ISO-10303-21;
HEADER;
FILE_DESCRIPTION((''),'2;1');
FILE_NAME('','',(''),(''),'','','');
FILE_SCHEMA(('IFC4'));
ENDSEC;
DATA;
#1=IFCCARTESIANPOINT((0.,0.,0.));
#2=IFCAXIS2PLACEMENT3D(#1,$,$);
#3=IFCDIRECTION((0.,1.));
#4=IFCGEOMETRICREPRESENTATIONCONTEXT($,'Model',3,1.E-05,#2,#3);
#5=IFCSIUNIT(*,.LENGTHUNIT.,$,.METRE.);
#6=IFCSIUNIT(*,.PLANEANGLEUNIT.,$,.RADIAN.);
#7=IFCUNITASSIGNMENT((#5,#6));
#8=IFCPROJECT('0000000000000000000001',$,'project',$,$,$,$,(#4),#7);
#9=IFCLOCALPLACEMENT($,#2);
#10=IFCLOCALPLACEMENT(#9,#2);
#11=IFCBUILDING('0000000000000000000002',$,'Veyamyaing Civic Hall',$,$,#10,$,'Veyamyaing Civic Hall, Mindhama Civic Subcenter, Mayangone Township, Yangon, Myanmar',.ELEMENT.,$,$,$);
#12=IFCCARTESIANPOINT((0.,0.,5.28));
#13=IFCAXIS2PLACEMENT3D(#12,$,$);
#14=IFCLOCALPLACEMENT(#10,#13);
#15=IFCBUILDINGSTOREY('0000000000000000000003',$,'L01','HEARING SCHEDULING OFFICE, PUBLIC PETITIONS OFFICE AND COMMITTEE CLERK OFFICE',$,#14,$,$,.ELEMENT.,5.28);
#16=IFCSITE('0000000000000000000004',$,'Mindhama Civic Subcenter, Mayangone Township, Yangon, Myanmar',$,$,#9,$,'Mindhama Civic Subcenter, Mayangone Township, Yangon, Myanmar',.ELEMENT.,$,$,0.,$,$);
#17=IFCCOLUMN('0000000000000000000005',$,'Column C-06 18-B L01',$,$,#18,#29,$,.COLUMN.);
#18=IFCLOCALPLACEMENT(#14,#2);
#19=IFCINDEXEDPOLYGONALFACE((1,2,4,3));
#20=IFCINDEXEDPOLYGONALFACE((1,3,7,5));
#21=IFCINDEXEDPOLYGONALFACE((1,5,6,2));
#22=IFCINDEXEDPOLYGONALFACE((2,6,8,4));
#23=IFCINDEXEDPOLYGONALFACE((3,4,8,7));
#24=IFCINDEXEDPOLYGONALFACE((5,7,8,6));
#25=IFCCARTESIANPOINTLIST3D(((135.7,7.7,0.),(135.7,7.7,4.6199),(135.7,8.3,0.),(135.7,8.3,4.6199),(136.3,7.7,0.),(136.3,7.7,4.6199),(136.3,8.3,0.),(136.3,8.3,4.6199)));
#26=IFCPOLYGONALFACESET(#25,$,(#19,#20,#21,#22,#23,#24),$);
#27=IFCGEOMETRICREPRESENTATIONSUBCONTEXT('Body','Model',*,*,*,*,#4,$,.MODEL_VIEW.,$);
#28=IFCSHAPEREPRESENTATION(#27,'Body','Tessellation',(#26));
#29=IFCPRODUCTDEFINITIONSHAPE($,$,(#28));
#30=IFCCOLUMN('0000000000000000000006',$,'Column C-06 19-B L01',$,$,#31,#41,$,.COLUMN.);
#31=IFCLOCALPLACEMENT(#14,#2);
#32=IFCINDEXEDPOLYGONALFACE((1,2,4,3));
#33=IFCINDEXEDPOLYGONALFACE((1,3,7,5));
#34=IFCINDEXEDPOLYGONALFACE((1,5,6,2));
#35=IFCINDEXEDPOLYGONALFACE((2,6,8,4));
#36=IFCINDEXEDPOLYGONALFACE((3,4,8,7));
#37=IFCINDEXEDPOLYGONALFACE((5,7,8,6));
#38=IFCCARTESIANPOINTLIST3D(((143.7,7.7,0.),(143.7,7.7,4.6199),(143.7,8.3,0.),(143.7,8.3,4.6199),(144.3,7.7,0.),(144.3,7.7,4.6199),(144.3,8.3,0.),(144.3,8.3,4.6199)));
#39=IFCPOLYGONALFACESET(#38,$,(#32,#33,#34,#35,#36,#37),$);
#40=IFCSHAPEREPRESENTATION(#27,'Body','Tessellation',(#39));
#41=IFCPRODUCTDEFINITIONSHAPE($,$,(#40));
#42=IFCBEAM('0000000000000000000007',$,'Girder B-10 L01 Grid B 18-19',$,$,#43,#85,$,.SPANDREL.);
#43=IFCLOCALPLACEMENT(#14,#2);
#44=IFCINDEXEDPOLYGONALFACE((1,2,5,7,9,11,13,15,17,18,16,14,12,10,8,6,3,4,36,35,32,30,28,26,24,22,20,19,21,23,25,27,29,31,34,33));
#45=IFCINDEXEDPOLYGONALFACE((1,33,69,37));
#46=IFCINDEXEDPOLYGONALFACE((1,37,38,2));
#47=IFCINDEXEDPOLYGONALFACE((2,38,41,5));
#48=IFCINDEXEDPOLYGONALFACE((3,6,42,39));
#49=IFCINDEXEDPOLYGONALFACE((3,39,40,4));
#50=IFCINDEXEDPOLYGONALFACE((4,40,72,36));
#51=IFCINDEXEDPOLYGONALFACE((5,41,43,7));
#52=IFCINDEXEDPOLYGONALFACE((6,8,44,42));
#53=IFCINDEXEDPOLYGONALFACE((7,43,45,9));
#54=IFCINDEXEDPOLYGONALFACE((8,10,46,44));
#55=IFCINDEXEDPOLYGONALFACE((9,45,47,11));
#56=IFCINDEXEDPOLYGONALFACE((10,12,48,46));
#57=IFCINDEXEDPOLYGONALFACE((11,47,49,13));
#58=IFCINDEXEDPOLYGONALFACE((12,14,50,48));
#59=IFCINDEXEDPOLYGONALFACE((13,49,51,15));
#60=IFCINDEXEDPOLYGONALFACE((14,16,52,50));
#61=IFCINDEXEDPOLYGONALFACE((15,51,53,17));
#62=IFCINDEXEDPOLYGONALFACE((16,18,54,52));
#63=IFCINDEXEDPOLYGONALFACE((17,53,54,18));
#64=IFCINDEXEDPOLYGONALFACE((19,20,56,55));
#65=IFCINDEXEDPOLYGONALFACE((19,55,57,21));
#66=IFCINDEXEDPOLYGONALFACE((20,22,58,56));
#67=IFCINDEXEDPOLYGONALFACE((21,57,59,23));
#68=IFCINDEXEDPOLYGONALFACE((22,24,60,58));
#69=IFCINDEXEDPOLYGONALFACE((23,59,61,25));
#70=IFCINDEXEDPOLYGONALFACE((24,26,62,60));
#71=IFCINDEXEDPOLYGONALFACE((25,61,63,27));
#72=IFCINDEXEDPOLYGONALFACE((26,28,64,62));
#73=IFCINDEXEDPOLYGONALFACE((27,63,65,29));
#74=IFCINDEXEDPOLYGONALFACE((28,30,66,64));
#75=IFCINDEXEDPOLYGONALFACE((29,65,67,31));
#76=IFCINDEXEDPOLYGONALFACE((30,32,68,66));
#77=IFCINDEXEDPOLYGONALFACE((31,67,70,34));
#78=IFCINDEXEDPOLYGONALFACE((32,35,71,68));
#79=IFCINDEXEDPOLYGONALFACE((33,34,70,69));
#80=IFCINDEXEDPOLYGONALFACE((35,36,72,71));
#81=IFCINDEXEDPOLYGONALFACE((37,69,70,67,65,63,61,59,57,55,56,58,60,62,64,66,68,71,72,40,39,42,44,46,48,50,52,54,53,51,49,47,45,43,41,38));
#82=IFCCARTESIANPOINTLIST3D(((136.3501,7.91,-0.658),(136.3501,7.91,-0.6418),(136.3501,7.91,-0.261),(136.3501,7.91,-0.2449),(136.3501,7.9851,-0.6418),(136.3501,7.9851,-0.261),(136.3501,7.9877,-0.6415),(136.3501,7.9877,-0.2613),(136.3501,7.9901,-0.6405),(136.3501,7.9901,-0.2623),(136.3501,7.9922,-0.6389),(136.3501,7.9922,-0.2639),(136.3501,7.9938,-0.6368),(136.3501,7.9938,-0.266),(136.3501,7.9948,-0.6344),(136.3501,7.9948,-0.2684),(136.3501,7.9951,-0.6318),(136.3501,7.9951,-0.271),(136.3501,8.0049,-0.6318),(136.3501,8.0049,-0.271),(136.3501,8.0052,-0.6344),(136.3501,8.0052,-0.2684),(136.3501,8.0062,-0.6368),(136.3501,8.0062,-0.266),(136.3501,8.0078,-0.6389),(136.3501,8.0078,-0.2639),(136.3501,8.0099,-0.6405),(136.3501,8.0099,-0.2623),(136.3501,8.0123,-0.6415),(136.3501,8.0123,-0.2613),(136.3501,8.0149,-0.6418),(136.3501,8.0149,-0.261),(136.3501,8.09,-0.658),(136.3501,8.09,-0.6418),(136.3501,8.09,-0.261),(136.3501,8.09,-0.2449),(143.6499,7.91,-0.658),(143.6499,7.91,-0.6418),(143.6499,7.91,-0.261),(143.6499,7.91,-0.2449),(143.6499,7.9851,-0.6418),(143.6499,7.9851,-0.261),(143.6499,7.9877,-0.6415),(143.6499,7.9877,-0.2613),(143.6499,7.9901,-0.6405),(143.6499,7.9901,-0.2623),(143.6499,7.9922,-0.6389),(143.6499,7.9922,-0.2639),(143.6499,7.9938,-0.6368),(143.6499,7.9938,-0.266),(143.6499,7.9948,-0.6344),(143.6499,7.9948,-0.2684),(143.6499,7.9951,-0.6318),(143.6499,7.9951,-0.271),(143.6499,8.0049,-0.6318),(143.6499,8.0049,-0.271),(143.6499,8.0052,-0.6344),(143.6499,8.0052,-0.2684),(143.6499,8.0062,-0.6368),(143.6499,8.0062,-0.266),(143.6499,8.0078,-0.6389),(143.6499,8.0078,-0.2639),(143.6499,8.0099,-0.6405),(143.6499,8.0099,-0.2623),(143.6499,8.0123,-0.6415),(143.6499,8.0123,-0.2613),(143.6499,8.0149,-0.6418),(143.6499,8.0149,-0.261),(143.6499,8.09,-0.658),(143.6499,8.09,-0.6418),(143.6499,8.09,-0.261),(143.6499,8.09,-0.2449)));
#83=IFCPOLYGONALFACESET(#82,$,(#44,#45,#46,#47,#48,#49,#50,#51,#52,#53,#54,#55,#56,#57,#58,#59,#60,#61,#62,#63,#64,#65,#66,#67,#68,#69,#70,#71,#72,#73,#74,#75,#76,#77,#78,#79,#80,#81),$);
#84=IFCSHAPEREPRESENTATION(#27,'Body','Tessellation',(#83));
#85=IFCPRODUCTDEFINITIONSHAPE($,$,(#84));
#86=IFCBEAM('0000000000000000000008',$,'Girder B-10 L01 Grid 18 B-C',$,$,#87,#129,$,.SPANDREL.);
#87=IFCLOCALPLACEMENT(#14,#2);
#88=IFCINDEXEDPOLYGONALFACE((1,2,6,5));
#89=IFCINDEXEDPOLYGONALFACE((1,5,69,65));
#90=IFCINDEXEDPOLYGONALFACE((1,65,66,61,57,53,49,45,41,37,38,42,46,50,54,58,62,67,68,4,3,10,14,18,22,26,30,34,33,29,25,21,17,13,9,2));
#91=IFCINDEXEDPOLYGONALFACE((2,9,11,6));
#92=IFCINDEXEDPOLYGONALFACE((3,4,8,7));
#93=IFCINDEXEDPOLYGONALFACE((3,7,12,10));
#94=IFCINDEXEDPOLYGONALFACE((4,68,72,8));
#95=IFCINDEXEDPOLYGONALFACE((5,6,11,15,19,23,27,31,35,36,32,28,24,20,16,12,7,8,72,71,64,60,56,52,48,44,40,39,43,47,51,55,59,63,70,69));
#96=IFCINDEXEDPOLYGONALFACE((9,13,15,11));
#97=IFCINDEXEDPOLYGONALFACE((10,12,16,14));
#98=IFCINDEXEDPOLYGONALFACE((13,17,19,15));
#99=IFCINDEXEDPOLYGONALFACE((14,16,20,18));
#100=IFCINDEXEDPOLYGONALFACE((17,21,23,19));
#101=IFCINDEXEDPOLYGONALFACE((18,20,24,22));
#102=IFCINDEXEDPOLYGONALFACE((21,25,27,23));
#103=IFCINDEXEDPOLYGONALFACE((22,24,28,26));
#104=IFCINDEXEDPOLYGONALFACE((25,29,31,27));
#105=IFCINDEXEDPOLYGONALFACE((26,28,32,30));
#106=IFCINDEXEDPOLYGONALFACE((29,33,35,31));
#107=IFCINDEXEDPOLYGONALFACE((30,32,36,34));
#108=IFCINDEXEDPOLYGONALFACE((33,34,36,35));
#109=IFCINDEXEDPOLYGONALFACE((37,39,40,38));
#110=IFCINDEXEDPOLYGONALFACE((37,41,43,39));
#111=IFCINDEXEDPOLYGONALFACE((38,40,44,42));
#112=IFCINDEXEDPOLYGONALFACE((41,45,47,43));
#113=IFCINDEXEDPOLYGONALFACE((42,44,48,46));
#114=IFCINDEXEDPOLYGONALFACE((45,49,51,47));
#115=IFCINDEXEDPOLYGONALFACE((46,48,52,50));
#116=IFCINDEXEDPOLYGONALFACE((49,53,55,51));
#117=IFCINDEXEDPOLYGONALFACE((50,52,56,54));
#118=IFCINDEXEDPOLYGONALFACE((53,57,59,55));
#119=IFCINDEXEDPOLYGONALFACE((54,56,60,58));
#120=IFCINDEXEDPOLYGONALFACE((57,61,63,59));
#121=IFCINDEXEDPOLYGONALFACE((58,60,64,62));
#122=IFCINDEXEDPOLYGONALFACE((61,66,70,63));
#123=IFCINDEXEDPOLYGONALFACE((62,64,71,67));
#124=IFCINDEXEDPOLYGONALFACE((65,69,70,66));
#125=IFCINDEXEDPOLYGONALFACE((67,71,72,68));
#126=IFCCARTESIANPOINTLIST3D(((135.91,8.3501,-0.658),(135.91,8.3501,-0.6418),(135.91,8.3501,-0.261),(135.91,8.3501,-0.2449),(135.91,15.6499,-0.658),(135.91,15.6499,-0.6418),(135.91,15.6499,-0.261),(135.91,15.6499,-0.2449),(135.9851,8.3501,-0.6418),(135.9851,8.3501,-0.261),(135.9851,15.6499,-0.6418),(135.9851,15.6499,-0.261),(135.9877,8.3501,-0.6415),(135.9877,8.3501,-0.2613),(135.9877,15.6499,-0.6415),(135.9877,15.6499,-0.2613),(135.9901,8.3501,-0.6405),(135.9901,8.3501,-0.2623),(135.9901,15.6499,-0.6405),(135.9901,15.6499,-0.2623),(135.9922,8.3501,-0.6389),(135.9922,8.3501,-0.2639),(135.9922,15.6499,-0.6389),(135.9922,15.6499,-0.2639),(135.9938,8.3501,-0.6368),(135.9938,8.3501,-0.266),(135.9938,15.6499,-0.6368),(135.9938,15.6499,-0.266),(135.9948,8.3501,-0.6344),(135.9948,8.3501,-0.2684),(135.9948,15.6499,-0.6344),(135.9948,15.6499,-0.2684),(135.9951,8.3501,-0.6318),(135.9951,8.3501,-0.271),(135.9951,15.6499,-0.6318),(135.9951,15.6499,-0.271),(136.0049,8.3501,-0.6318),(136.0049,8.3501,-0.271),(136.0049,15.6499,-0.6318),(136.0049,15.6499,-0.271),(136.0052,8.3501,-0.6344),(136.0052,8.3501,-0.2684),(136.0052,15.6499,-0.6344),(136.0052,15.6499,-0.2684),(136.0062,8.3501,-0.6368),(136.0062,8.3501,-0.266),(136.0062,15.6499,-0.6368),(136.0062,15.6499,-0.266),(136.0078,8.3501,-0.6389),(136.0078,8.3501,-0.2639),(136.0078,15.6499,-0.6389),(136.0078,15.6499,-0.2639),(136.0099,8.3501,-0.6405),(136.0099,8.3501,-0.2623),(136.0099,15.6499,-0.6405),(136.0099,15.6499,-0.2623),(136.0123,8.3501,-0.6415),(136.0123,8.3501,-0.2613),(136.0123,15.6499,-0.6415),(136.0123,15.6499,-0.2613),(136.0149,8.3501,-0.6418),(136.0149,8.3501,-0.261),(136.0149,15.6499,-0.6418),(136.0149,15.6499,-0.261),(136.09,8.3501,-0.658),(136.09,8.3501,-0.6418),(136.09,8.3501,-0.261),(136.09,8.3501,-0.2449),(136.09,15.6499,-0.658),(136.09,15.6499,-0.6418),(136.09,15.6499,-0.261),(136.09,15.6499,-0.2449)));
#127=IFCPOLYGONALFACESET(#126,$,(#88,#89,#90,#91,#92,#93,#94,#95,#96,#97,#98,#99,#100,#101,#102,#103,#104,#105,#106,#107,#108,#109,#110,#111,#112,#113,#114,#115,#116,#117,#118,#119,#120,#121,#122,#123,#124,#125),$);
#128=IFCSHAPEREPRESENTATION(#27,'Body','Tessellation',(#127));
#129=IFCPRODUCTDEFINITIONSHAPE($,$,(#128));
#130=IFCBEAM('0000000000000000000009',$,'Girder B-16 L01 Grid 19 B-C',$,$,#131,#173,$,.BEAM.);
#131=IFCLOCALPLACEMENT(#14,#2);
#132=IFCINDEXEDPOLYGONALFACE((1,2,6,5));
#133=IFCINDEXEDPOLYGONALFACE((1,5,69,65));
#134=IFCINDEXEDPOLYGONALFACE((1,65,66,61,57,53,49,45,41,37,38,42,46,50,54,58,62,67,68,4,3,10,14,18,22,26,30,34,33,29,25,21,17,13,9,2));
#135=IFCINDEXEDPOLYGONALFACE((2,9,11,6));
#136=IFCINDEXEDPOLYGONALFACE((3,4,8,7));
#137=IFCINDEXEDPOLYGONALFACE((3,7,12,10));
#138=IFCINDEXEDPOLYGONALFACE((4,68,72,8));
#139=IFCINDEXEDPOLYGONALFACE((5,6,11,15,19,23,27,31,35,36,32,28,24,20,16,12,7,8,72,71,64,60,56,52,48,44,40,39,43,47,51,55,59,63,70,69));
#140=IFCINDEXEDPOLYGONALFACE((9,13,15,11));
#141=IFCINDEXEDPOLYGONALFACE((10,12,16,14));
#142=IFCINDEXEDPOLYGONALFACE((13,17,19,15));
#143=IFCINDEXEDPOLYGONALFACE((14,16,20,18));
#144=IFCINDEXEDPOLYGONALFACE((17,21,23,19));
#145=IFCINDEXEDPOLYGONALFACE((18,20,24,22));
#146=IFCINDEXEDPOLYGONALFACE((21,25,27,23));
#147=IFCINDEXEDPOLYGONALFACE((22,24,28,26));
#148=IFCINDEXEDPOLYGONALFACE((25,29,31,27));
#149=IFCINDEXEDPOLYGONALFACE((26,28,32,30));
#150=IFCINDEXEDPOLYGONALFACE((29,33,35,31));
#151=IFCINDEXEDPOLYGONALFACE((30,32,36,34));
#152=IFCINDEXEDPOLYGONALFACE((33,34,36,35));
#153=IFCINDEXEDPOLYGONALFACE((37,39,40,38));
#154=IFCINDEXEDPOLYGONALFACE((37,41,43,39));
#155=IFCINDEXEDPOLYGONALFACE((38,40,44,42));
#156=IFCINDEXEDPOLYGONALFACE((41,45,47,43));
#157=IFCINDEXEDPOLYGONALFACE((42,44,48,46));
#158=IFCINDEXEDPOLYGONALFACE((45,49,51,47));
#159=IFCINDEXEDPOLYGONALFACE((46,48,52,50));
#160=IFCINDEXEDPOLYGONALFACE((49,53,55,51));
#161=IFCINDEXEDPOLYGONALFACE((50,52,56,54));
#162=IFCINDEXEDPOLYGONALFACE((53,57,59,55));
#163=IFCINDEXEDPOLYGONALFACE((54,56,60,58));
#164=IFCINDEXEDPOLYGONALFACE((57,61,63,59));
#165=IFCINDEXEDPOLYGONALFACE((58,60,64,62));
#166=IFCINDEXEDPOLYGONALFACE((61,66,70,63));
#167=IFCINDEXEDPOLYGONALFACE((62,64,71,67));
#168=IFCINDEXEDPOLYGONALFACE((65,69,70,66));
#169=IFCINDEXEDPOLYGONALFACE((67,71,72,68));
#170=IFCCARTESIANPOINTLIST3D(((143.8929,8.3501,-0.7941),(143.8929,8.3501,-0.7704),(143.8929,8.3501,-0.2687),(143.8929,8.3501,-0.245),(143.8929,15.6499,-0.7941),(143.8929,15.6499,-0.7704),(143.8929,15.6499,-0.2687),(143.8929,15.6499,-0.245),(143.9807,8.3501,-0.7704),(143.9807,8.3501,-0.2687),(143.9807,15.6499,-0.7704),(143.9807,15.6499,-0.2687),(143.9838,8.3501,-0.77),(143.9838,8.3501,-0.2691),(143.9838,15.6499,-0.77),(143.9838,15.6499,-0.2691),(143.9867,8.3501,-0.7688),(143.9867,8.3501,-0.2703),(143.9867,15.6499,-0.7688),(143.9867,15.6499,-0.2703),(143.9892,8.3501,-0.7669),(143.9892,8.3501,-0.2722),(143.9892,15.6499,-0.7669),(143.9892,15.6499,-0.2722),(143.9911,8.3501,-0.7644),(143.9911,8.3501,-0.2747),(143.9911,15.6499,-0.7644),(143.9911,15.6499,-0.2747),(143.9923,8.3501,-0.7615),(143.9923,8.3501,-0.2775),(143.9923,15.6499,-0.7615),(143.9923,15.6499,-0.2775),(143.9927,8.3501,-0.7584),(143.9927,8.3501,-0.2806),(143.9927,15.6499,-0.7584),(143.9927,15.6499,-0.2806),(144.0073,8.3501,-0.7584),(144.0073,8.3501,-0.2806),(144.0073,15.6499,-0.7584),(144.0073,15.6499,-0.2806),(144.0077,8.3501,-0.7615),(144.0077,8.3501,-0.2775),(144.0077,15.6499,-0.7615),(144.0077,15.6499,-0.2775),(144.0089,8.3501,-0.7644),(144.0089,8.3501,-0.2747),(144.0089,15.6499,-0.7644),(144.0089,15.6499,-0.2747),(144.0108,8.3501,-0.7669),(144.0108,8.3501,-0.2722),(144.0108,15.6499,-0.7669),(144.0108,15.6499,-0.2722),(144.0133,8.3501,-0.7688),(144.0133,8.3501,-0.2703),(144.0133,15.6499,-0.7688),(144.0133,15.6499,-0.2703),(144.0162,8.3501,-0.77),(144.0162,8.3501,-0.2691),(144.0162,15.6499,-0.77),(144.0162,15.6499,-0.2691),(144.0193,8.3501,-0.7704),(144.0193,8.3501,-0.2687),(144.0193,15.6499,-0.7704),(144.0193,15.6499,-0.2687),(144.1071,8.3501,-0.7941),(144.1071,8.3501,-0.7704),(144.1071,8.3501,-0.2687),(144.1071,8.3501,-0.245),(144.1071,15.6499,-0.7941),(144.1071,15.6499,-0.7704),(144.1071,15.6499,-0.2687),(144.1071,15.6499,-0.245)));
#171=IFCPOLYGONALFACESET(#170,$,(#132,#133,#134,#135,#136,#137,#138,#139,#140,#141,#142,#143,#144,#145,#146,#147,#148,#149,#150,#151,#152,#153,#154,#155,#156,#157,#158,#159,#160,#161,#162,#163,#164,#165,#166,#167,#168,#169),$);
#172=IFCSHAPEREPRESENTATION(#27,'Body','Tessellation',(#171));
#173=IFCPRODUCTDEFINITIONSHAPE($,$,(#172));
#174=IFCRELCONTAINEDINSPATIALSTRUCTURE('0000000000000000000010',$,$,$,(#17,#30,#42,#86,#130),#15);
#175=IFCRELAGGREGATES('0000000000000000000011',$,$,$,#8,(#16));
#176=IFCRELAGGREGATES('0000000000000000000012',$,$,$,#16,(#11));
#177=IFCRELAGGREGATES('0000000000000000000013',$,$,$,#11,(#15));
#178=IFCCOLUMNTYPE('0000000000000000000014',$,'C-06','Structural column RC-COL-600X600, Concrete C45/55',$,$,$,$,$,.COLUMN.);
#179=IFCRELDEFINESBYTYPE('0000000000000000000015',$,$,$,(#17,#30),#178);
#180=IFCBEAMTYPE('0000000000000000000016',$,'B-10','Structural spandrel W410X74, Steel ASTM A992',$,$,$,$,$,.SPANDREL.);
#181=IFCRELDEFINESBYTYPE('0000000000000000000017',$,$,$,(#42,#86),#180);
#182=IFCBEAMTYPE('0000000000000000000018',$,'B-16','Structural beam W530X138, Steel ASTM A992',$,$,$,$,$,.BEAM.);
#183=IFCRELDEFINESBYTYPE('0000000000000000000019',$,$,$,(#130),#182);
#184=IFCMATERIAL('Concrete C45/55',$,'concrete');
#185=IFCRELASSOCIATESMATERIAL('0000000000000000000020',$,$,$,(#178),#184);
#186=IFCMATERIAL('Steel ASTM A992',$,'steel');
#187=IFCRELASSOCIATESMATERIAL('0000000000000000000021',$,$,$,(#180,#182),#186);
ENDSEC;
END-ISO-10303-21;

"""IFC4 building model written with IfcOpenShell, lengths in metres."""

from ifc_helpers import new_model, si_unit, direction, frame, origin, origin_2d, place, context, subcontext, project, spatial, rectangle, i_section, extrude, material, material_profile, profile_set, type_object, element, save


model = new_model("IFC4")

# Units and contexts
model_context = context("Model", 3, precision=1e-05, world=origin(), true_north=direction((0.0, 1.0)))
body_context = subcontext(model_context, "Body", "Model", "MODEL_VIEW")
ifc_project = project(units=[si_unit("LENGTHUNIT", "METRE"), si_unit("PLANEANGLEUNIT", "RADIAN")], contexts=[model_context])

# Site, building, storey
site_placement = place(None, origin())
site = spatial("IfcSite", under=ifc_project, at=site_placement, Name="Mindhama Civic Subcenter, Mayangone Township, Yangon, Myanmar", LongName="Mindhama Civic Subcenter, Mayangone Township, Yangon, Myanmar", CompositionType="ELEMENT", RefElevation=0.0)
building_placement = place(site_placement, origin())
building = spatial("IfcBuilding", under=site, at=building_placement, Name="Veyamyaing Civic Hall", LongName="Veyamyaing Civic Hall, Mindhama Civic Subcenter, Mayangone Township, Yangon, Myanmar", CompositionType="ELEMENT")
storey_placement = place(building_placement, frame((0.0, 0.0, 5.28)))
storey = spatial("IfcBuildingStorey", under=building, at=storey_placement, Name="L01", Description="HEARING SCHEDULING OFFICE, PUBLIC PETITIONS OFFICE AND COMMITTEE CLERK OFFICE", CompositionType="ELEMENT", Elevation=5.28)

# Columns
ifc_material_1 = material(Name="Concrete C45/55", Category="concrete")
ifc_material_profile_1 = material_profile(ifc_material_1, rectangle(XDim=0.6001, YDim=0.6001, at=origin_2d()), Name="RC-COL-600X600")
ifc_profile_set_1 = profile_set([ifc_material_profile_1], Name="Concrete C45/55")
column_type = type_object("IfcColumnType", Name="C-06", Description="Structural column RC-COL-600X600, Concrete C45/55", PredefinedType="COLUMN", material=ifc_profile_set_1)
for number, where, z_axis, x_axis, name in (
    (1, (136.0, 8.0, 0.0), (0.0, 0.0, 1.0), (1.0, 0.0, 0.0), "Column C-06 18-B L01"),
    (2, (144.0, 8.0, 0.0), (0.0, 0.0, 1.0), (1.0, 0.0, 0.0), "Column C-06 19-B L01"),
):
    element("IfcColumn", number, at=place(storey_placement, frame(where, z_axis=z_axis, x_axis=x_axis)), inside=storey, type_object=column_type, Name=name, PredefinedType="COLUMN", context=body_context, shape_type="SweptSolid", body=[
        extrude(rectangle(XDim=0.6001, YDim=0.6001, at=origin_2d()), origin(), (0.0, 0.0, 1.0), 4.6199),
    ])

# Beams
ifc_material_2 = material(Name="Steel ASTM A992", Category="steel")
ifc_material_profile_2 = material_profile(ifc_material_2, i_section(OverallWidth=0.1799, OverallDepth=0.4131, WebThickness=0.0098, FlangeThickness=0.0161, FilletRadius=0.01, at=origin_2d()), Name="W410X74")
ifc_profile_set_2 = profile_set([ifc_material_profile_2], Name="Steel ASTM A992")
beam_type_1 = type_object("IfcBeamType", Name="B-10", Description="Structural spandrel W410X74, Steel ASTM A992", PredefinedType="SPANDREL", material=ifc_profile_set_2)
for number, where, z_axis, x_axis, name in (
    (3, (136.3501, 8.0, -0.4514), (1.0, 0.0, 0.0), (0.0, 1.0, 0.0), "Girder B-10 L01 Grid B 18-19"),
    (4, (136.0, 8.3501, -0.4514), (0.0, 1.0, 0.0), (-1.0, 0.0, 0.0), "Girder B-10 L01 Grid 18 B-C"),
):
    element("IfcBeam", number, at=place(storey_placement, frame(where, z_axis=z_axis, x_axis=x_axis)), inside=storey, type_object=beam_type_1, Name=name, PredefinedType="SPANDREL", context=body_context, shape_type="SweptSolid", body=[
        extrude(i_section(OverallWidth=0.1799, OverallDepth=0.4131, WebThickness=0.0098, FlangeThickness=0.0161, FilletRadius=0.01, at=origin_2d()), origin(), (0.0, 0.0, 1.0), 7.2998),
    ])
ifc_material_profile_3 = material_profile(ifc_material_2, i_section(OverallWidth=0.2141, OverallDepth=0.5491, WebThickness=0.0146, FlangeThickness=0.0237, FilletRadius=0.012, at=origin_2d()), Name="W530X138")
ifc_profile_set_3 = profile_set([ifc_material_profile_3], Name="Steel ASTM A992")
beam_type_2 = type_object("IfcBeamType", Name="B-16", Description="Structural beam W530X138, Steel ASTM A992", PredefinedType="BEAM", material=ifc_profile_set_3)
beam_1_placement = place(storey_placement, frame((144.0, 8.3501, -0.5195), z_axis=(0.0, 1.0, 0.0), x_axis=(-1.0, 0.0, 0.0)))
element("IfcBeam", 5, at=beam_1_placement, inside=storey, type_object=beam_type_2, Name="Girder B-16 L01 Grid 19 B-C", PredefinedType="BEAM", context=body_context, shape_type="SweptSolid", body=[
    extrude(i_section(OverallWidth=0.2141, OverallDepth=0.5491, WebThickness=0.0146, FlangeThickness=0.0237, FilletRadius=0.012, at=origin_2d()), origin(), (0.0, 0.0, 1.0), 7.2998),
])

save(model, "model.ifc")
